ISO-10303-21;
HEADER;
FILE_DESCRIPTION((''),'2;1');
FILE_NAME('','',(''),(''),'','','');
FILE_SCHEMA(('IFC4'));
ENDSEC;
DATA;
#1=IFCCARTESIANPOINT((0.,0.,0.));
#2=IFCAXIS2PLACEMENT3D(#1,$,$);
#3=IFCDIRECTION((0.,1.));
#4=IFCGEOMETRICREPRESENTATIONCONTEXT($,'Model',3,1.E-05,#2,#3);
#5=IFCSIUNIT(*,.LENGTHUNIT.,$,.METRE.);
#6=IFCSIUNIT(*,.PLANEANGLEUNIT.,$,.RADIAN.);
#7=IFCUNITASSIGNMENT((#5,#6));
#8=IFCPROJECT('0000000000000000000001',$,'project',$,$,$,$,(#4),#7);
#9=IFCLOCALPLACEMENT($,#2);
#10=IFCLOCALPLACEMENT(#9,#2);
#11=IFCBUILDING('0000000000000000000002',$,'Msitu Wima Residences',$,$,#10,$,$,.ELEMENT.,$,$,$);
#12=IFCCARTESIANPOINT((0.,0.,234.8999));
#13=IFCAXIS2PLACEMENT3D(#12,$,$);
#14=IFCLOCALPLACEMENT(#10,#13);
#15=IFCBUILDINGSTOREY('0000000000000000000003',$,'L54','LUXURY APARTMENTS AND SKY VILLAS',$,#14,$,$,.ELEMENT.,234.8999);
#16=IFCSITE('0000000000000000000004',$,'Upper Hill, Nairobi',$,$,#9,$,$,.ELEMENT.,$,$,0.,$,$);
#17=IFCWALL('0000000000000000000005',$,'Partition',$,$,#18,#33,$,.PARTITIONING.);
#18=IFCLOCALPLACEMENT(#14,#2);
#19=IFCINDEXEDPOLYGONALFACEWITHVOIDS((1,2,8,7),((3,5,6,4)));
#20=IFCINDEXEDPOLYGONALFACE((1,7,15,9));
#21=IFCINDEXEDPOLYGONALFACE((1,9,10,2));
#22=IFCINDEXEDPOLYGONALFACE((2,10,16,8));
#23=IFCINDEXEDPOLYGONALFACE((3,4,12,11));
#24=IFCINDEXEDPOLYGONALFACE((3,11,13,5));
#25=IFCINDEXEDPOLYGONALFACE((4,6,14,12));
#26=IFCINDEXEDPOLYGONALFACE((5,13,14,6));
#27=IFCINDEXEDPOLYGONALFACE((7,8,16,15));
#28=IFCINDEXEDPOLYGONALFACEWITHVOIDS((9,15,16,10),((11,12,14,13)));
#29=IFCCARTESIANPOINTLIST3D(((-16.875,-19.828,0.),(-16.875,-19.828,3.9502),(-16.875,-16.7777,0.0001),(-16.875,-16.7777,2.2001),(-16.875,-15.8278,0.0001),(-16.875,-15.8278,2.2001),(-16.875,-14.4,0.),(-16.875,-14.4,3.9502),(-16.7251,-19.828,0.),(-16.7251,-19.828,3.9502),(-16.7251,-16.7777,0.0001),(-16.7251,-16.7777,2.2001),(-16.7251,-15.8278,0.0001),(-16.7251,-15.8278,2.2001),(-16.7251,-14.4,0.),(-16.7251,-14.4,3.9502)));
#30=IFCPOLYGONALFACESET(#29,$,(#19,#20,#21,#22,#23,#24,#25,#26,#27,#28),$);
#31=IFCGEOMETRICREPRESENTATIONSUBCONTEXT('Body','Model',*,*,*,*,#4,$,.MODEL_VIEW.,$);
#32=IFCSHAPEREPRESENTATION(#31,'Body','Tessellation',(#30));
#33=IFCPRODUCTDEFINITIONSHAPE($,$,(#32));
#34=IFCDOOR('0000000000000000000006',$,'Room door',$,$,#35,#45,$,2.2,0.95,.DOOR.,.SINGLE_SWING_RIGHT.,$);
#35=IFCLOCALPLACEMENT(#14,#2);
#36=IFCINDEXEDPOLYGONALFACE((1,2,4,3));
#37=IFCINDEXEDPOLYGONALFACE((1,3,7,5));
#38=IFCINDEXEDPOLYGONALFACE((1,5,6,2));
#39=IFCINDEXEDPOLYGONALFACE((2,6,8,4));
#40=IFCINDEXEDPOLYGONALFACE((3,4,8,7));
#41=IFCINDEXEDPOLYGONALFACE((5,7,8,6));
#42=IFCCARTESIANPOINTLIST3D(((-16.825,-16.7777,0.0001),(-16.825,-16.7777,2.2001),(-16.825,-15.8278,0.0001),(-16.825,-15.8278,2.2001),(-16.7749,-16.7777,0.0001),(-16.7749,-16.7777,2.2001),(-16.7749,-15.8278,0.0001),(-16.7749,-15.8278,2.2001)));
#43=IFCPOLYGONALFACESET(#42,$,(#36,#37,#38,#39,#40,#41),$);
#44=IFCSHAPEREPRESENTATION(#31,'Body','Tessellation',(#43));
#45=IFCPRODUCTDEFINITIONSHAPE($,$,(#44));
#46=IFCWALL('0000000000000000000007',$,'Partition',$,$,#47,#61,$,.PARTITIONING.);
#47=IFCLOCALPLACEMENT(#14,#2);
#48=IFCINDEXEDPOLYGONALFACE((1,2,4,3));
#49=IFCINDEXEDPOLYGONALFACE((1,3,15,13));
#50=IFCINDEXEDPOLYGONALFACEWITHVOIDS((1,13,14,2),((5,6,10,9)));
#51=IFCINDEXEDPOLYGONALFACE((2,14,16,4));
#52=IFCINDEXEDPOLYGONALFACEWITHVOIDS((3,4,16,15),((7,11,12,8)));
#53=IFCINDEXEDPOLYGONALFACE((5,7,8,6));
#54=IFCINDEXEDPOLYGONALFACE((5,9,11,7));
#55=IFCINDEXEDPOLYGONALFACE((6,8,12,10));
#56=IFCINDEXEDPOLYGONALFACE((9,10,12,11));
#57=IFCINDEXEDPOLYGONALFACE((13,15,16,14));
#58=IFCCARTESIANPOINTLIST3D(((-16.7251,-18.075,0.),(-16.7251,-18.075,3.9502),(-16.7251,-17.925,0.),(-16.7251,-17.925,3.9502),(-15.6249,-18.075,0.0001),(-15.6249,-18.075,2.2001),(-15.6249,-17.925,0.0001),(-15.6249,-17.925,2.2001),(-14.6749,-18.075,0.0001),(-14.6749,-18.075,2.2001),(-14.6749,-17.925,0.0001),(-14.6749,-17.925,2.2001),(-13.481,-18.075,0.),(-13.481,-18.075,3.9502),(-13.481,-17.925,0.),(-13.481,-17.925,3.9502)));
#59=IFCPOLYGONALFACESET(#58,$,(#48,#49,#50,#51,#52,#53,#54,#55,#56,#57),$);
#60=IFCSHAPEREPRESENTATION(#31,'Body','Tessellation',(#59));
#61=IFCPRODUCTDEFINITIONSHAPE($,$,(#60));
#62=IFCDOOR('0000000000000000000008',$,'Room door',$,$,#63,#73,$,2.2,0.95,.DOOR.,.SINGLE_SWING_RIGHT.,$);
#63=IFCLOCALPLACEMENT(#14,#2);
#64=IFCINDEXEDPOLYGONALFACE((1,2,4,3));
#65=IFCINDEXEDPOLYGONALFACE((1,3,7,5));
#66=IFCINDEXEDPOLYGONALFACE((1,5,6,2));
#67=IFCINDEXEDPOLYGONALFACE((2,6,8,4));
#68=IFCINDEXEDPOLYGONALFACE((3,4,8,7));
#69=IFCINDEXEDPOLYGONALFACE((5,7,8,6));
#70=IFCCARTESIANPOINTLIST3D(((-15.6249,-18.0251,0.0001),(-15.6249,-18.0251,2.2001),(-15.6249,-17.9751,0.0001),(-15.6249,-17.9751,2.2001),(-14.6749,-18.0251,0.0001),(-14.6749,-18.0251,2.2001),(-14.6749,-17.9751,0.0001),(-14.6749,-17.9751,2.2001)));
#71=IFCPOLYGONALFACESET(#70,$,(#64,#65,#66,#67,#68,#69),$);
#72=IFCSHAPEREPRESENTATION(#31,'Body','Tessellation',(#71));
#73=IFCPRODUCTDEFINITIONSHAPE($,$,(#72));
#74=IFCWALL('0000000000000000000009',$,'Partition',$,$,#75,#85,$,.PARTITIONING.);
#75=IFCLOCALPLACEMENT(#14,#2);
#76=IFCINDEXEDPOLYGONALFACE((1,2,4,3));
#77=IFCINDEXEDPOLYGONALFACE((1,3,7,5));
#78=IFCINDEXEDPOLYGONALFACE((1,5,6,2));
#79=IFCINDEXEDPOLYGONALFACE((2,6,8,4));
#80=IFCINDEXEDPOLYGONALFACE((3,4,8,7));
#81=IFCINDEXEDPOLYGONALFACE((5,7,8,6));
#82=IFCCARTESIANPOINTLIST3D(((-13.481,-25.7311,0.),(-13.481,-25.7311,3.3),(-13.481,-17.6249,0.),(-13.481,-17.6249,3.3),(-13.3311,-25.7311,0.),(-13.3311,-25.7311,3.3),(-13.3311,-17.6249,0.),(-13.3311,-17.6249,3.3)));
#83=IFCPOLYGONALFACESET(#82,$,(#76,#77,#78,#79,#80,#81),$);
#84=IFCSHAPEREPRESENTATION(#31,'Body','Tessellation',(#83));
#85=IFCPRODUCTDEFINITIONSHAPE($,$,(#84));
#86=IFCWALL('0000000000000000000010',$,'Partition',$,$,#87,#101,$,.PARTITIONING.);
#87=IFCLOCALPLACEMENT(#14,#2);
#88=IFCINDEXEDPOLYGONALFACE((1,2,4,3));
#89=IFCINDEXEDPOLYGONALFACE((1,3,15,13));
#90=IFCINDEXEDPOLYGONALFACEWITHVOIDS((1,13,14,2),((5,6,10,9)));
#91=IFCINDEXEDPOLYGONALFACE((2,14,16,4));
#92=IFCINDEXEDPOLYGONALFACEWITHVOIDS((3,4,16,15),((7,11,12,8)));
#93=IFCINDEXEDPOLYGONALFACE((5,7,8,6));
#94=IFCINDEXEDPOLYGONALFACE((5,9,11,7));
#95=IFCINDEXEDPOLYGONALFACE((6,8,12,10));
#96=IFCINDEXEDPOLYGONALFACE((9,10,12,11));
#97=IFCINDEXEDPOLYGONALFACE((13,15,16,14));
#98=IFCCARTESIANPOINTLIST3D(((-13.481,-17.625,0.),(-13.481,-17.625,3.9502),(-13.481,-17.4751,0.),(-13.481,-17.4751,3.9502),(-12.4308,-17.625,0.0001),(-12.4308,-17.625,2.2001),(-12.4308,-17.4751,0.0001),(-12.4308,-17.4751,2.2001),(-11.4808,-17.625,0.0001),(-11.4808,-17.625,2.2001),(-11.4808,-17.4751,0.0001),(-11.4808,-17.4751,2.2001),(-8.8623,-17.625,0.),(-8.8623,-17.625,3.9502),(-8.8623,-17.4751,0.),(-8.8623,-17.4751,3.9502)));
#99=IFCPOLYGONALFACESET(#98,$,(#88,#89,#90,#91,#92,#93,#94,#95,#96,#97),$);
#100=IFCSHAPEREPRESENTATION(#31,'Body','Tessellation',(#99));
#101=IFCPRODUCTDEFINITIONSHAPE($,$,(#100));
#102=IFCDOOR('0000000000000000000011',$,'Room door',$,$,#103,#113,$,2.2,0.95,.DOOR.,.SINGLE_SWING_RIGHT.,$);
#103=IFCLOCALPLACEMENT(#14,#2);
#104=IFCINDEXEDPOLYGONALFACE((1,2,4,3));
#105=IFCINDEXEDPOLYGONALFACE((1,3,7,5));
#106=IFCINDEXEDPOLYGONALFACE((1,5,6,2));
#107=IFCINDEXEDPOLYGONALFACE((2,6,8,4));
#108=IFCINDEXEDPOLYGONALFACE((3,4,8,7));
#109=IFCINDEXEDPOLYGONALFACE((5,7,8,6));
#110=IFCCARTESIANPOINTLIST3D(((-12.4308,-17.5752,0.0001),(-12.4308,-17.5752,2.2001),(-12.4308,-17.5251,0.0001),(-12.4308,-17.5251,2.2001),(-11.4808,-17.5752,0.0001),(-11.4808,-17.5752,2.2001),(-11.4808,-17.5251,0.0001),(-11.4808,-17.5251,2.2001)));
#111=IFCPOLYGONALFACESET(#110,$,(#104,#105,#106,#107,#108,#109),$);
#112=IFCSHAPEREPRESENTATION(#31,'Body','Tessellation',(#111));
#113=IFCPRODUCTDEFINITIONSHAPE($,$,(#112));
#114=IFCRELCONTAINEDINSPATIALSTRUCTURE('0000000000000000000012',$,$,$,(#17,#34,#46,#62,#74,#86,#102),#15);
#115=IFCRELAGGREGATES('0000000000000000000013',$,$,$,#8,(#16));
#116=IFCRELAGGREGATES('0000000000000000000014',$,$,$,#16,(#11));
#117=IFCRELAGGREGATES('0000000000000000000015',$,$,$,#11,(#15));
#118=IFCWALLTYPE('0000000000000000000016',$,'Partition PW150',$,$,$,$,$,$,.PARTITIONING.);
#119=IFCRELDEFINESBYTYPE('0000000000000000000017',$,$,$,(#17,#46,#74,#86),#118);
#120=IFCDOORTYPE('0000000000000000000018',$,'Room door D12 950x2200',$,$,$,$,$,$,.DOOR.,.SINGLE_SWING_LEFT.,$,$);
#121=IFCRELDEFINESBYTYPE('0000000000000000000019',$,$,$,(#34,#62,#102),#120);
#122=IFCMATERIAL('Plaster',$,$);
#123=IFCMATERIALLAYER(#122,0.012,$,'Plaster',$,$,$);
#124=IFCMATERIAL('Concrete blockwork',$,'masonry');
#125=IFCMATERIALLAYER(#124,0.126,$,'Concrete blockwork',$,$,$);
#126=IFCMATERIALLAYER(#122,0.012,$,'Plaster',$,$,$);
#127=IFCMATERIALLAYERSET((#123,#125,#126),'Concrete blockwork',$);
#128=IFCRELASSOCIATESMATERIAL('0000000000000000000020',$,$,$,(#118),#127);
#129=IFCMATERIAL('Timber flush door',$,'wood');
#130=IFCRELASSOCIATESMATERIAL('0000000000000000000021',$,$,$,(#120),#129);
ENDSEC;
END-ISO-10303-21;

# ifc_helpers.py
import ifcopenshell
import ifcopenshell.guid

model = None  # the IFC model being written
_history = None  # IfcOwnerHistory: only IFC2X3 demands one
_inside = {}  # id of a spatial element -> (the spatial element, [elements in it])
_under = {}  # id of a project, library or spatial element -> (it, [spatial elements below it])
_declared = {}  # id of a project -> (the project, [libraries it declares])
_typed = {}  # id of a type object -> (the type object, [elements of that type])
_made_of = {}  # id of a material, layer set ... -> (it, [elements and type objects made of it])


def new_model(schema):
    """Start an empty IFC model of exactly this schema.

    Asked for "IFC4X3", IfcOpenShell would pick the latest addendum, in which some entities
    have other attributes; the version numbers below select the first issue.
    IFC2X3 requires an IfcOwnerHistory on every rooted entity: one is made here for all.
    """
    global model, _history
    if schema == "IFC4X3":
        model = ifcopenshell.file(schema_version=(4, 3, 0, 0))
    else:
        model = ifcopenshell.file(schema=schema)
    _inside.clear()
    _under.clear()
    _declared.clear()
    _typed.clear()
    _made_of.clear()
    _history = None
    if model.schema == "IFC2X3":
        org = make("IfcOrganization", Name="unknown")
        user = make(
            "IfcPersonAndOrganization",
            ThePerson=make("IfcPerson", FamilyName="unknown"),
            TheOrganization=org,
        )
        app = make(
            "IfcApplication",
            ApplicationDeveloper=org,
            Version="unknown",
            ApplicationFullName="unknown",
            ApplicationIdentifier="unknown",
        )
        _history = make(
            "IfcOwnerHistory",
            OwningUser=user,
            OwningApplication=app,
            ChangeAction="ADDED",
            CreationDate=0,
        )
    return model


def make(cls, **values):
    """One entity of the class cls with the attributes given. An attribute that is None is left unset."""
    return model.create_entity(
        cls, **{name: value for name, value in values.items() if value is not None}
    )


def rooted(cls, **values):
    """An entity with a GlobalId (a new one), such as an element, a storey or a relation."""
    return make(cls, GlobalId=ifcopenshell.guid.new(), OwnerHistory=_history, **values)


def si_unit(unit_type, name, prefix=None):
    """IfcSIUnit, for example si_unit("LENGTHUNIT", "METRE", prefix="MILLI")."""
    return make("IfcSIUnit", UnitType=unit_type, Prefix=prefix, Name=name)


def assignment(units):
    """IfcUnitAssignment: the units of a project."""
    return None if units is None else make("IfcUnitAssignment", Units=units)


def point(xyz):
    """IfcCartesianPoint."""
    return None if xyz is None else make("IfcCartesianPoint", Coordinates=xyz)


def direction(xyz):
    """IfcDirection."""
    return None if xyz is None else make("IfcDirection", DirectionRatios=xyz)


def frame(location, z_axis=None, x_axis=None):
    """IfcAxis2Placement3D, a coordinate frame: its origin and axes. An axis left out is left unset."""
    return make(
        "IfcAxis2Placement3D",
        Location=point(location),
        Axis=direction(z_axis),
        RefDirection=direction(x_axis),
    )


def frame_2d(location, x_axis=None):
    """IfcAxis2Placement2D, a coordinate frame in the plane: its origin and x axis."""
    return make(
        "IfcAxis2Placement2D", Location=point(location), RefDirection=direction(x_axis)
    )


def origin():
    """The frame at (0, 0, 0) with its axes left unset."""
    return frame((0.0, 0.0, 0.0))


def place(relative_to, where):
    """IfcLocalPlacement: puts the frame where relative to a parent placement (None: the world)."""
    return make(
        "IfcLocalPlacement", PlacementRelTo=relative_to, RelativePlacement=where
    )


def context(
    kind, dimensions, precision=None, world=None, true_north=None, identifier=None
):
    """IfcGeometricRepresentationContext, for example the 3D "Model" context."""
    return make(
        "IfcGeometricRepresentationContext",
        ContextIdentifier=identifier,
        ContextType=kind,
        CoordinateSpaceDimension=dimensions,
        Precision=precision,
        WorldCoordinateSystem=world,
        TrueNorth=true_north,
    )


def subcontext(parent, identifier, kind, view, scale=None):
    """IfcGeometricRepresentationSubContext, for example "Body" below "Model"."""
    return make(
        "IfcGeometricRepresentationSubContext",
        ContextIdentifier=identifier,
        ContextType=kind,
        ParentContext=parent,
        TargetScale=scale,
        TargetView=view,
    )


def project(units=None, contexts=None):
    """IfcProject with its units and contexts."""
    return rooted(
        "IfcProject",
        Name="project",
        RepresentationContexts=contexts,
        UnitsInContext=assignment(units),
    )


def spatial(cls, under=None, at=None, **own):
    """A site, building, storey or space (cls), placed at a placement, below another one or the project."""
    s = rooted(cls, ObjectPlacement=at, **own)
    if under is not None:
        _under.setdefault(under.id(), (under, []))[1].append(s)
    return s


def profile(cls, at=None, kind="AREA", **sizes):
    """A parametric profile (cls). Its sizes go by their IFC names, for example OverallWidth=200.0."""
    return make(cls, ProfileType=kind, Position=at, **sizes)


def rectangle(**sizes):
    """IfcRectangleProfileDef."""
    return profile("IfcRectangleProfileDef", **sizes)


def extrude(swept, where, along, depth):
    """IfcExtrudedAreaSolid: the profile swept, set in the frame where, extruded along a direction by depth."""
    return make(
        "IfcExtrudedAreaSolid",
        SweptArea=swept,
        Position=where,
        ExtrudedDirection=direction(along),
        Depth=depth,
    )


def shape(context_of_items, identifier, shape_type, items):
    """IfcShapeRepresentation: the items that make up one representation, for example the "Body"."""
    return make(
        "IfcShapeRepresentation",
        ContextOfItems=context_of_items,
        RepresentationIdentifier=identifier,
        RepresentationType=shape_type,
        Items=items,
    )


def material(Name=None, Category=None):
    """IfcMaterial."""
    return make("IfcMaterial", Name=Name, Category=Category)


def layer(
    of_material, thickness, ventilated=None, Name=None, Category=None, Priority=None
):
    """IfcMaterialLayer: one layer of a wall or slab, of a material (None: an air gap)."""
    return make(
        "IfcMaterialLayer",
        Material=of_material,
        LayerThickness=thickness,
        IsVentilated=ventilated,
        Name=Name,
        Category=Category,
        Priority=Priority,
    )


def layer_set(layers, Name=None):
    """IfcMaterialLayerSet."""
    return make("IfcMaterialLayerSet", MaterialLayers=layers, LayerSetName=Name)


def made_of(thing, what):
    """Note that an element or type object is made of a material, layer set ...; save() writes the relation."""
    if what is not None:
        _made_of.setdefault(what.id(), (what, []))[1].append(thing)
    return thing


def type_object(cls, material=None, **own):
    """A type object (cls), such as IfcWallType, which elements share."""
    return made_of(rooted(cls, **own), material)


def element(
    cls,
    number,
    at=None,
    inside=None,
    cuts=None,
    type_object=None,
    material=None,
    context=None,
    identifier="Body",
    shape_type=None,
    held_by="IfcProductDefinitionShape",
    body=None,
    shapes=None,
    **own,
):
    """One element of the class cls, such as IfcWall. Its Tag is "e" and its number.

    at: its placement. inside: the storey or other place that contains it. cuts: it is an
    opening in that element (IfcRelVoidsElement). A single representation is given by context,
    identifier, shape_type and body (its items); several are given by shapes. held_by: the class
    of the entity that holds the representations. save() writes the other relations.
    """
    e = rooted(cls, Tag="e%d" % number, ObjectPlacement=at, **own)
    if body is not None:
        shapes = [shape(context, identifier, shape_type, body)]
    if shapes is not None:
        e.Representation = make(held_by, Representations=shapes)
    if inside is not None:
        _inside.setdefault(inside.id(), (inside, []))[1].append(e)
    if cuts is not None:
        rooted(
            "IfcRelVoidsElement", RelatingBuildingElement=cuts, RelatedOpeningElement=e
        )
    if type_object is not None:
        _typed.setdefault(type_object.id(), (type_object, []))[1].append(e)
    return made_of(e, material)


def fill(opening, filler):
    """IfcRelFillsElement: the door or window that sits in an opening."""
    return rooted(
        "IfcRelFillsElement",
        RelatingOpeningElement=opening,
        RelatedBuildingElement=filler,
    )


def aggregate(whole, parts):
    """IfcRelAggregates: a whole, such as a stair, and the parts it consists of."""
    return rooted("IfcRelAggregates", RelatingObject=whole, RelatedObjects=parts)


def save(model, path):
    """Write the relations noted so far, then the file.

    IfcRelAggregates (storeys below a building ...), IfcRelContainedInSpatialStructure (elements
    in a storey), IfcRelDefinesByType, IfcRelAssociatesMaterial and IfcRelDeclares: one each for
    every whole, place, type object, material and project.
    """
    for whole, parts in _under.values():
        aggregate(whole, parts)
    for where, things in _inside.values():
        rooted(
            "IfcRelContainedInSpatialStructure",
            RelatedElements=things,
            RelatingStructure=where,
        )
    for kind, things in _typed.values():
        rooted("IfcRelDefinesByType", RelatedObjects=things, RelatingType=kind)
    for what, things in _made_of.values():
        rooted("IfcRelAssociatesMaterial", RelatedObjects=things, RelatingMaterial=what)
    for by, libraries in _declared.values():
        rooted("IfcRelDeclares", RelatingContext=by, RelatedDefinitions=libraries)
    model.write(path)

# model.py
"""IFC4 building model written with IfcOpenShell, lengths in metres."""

from ifc_helpers import new_model, si_unit, direction, frame, frame_2d, origin, place, context, subcontext, project, spatial, rectangle, extrude, material, layer, layer_set, type_object, element, fill, save


model = new_model("IFC4")

# Units and contexts
model_context = context("Model", 3, precision=1e-05, world=origin(), true_north=direction((0.0, 1.0)))
body_context = subcontext(model_context, "Body", "Model", "MODEL_VIEW")
ifc_project = project(units=[si_unit("LENGTHUNIT", "METRE"), si_unit("PLANEANGLEUNIT", "RADIAN")], contexts=[model_context])

# Site, building, storey
site_placement = place(None, origin())
site = spatial("IfcSite", under=ifc_project, at=site_placement, Name="Upper Hill, Nairobi", CompositionType="ELEMENT", RefElevation=0.0)
building_placement = place(site_placement, origin())
building = spatial("IfcBuilding", under=site, at=building_placement, Name="Msitu Wima Residences", CompositionType="ELEMENT")
storey_placement = place(building_placement, frame((0.0, 0.0, 234.8999)))
storey = spatial("IfcBuildingStorey", under=building, at=storey_placement, Name="L54", Description="LUXURY APARTMENTS AND SKY VILLAS", CompositionType="ELEMENT", Elevation=234.8999)

# Shared definitions
ifc_material_1 = material(Name="Plaster")
ifc_material_2 = material(Name="Concrete blockwork", Category="masonry")

# Shared definitions
ifc_layer_1 = layer(ifc_material_1, 0.012, Name="Plaster")
ifc_layer_2 = layer(ifc_material_2, 0.126, Name="Concrete blockwork")
ifc_layer_3 = layer(ifc_material_1, 0.012, Name="Plaster")
ifc_layer_set_1 = layer_set([ifc_layer_1, ifc_layer_2, ifc_layer_3], Name="Concrete blockwork")
wall_type_1 = type_object("IfcWallType", Name="Partition PW150", PredefinedType="PARTITIONING", material=ifc_layer_set_1)

# Shared definitions
ifc_material_3 = material(Name="Timber flush door", Category="wood")
door_type_1 = type_object("IfcDoorType", Name="Room door D12 950x2200", OperationType="SINGLE_SWING_LEFT", PredefinedType="DOOR", material=ifc_material_3)

# Walls, openings, doors
wall_1_placement = place(storey_placement, frame((-16.8, -19.8279, 0.0), z_axis=(0.0, 0.0, 1.0), x_axis=(0.0, 1.0, 0.0)))
wall_1 = element("IfcWall", 1, at=wall_1_placement, inside=storey, type_object=wall_type_1, Name="Partition", PredefinedType="PARTITIONING", context=body_context, shape_type="SweptSolid", body=[
    extrude(rectangle(XDim=5.428, YDim=0.1499, at=frame_2d((2.7139, 0.0))), origin(), (0.0, 0.0, 1.0), 3.9502),
])
opening_1_placement = place(wall_1_placement, frame((3.05, 0.0, 0.0)))
opening_1 = element("IfcOpeningElement", 2, at=opening_1_placement, cuts=wall_1, PredefinedType="OPENING", context=body_context, shape_type="SweptSolid", body=[
    extrude(rectangle(XDim=0.95, YDim=2.2, at=frame_2d((0.4751, 1.1001))), frame((0.0, 0.085, 0.0), z_axis=(0.0, -1.0, 0.0), x_axis=(1.0, 0.0, 0.0)), (0.0, 0.0, 1.0), 0.1699),
])
door_1_placement = place(opening_1_placement, origin())
door_1 = element("IfcDoor", 3, at=door_1_placement, inside=storey, type_object=door_type_1, Name="Room door", OperationType="SINGLE_SWING_RIGHT", OverallHeight=2.2, OverallWidth=0.95, PredefinedType="DOOR", context=body_context, shape_type="SweptSolid", body=[
    extrude(rectangle(XDim=0.95, YDim=2.2, at=frame_2d((0.4751, 1.1001))), frame((0.0, 0.0249, 0.0), z_axis=(0.0, -1.0, 0.0), x_axis=(1.0, 0.0, 0.0)), (0.0, 0.0, 1.0), 0.05),
])
fill(opening_1, door_1)
wall_2_placement = place(storey_placement, frame((-16.7251, -18.0, 0.0), z_axis=(0.0, 0.0, 1.0), x_axis=(1.0, 0.0, 0.0)))
wall_2 = element("IfcWall", 4, at=wall_2_placement, inside=storey, type_object=wall_type_1, Name="Partition", PredefinedType="PARTITIONING", context=body_context, shape_type="SweptSolid", body=[
    extrude(rectangle(XDim=3.2441, YDim=0.1499, at=frame_2d((1.6221, 0.0))), origin(), (0.0, 0.0, 1.0), 3.9502),
])
opening_2_placement = place(wall_2_placement, frame((1.1001, 0.0, 0.0)))
opening_2 = element("IfcOpeningElement", 5, at=opening_2_placement, cuts=wall_2, PredefinedType="OPENING", context=body_context, shape_type="SweptSolid", body=[
    extrude(rectangle(XDim=0.95, YDim=2.2, at=frame_2d((0.4751, 1.1001))), frame((0.0, 0.085, 0.0), z_axis=(0.0, -1.0, 0.0), x_axis=(1.0, 0.0, 0.0)), (0.0, 0.0, 1.0), 0.1699),
])
door_2_placement = place(opening_2_placement, origin())
door_2 = element("IfcDoor", 6, at=door_2_placement, inside=storey, type_object=door_type_1, Name="Room door", OperationType="SINGLE_SWING_RIGHT", OverallHeight=2.2, OverallWidth=0.95, PredefinedType="DOOR", context=body_context, shape_type="SweptSolid", body=[
    extrude(rectangle(XDim=0.95, YDim=2.2, at=frame_2d((0.4751, 1.1001))), frame((0.0, 0.0249, 0.0), z_axis=(0.0, -1.0, 0.0), x_axis=(1.0, 0.0, 0.0)), (0.0, 0.0, 1.0), 0.05),
])
fill(opening_2, door_2)

# Wall
wall_3_placement = place(storey_placement, frame((-13.406, -25.7312, 0.0), z_axis=(0.0, 0.0, 1.0), x_axis=(0.0, 1.0, 0.0)))
element("IfcWall", 7, at=wall_3_placement, inside=storey, type_object=wall_type_1, Name="Partition", PredefinedType="PARTITIONING", context=body_context, shape_type="SweptSolid", body=[
    extrude(rectangle(XDim=8.1062, YDim=0.1499, at=frame_2d((4.0532, 0.0))), origin(), (0.0, 0.0, 1.0), 3.3),
])

# Wall, opening, door
wall_4_placement = place(storey_placement, frame((-13.481, -17.55, 0.0), z_axis=(0.0, 0.0, 1.0), x_axis=(1.0, 0.0, 0.0)))
wall_4 = element("IfcWall", 8, at=wall_4_placement, inside=storey, type_object=wall_type_1, Name="Partition", PredefinedType="PARTITIONING", context=body_context, shape_type="SweptSolid", body=[
    extrude(rectangle(XDim=4.6187, YDim=0.1499, at=frame_2d((2.3093, 0.0))), origin(), (0.0, 0.0, 1.0), 3.9502),
])
opening_3_placement = place(wall_4_placement, frame((1.05, 0.0, 0.0)))
opening_3 = element("IfcOpeningElement", 9, at=opening_3_placement, cuts=wall_4, PredefinedType="OPENING", context=body_context, shape_type="SweptSolid", body=[
    extrude(rectangle(XDim=0.95, YDim=2.2, at=frame_2d((0.4751, 1.1001))), frame((0.0, 0.085, 0.0), z_axis=(0.0, -1.0, 0.0), x_axis=(1.0, 0.0, 0.0)), (0.0, 0.0, 1.0), 0.1699),
])
door_3_placement = place(opening_3_placement, origin())
door_3 = element("IfcDoor", 10, at=door_3_placement, inside=storey, type_object=door_type_1, Name="Room door", OperationType="SINGLE_SWING_RIGHT", OverallHeight=2.2, OverallWidth=0.95, PredefinedType="DOOR", context=body_context, shape_type="SweptSolid", body=[
    extrude(rectangle(XDim=0.95, YDim=2.2, at=frame_2d((0.4751, 1.1001))), frame((0.0, 0.0249, 0.0), z_axis=(0.0, -1.0, 0.0), x_axis=(1.0, 0.0, 0.0)), (0.0, 0.0, 1.0), 0.05),
])
fill(opening_3, door_3)

save(model, "model.ifc")
